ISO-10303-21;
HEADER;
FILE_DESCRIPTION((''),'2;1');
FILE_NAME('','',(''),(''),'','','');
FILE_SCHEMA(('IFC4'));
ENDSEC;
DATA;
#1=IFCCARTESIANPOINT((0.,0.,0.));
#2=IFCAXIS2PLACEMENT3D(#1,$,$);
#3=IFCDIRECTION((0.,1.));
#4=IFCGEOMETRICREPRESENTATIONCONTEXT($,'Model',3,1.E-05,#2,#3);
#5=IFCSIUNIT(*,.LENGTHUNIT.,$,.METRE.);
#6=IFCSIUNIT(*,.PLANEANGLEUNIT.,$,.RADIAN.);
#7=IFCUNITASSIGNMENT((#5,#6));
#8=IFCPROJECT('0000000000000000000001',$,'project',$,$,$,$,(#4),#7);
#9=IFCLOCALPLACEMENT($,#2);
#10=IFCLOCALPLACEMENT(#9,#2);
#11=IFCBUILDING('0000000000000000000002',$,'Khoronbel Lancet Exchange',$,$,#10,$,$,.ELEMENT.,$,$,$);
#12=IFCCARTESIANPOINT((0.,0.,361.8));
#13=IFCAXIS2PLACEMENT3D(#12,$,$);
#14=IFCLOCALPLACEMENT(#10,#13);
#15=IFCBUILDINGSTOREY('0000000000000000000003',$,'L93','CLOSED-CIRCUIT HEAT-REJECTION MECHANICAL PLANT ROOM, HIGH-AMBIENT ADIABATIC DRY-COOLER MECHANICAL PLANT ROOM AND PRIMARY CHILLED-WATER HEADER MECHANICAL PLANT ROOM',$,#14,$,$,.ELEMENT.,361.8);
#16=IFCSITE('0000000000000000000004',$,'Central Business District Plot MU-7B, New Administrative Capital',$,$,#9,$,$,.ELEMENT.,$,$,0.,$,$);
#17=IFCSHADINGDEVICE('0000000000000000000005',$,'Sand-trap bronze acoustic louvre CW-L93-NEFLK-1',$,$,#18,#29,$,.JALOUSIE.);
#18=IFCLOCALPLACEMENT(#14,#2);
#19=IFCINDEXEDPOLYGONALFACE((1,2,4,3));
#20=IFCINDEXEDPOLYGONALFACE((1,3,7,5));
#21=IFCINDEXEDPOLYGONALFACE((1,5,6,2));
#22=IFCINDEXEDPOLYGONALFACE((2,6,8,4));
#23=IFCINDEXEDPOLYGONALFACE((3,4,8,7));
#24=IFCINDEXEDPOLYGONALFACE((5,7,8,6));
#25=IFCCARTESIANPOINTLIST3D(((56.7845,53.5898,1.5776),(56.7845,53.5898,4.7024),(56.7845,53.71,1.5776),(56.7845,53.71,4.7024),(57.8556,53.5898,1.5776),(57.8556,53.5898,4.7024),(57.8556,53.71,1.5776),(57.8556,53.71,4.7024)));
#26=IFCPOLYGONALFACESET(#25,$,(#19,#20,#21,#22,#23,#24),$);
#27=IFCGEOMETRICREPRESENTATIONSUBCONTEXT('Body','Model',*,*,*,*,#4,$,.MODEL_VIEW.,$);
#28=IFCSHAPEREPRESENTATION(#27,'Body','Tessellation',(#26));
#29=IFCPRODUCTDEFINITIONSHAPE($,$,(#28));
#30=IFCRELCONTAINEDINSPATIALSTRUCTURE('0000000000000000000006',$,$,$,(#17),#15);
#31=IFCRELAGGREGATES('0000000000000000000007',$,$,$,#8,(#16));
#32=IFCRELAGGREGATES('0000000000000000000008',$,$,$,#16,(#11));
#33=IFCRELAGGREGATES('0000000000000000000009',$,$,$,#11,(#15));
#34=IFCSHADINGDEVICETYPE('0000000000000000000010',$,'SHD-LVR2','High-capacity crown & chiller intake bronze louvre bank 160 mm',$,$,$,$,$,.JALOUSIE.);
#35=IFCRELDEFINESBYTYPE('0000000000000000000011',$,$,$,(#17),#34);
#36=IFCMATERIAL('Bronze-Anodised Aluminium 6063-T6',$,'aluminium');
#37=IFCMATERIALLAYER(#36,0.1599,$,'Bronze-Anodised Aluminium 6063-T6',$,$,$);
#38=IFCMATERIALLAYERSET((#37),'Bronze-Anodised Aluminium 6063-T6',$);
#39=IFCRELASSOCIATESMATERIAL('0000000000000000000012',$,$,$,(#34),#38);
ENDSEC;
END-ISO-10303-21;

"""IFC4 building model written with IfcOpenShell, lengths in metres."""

from ifc_helpers import new_model, si_unit, direction, frame, origin, origin_2d, place, context, subcontext, project, spatial, rectangle, extrude, material, layer, layer_set, type_object, element, save


model = new_model("IFC4")

# Units and contexts
model_context = context("Model", 3, precision=1e-05, world=origin(), true_north=direction((0.0, 1.0)))
body_context = subcontext(model_context, "Body", "Model", "MODEL_VIEW")
ifc_project = project(units=[si_unit("LENGTHUNIT", "METRE"), si_unit("PLANEANGLEUNIT", "RADIAN")], contexts=[model_context])

# Site, building, storey
site_placement = place(None, origin())
site = spatial("IfcSite", under=ifc_project, at=site_placement, Name="Central Business District Plot MU-7B, New Administrative Capital", CompositionType="ELEMENT", RefElevation=0.0)
building_placement = place(site_placement, origin())
building = spatial("IfcBuilding", under=site, at=building_placement, Name="Khoronbel Lancet Exchange", CompositionType="ELEMENT")
storey_placement = place(building_placement, frame((0.0, 0.0, 361.8)))
storey = spatial("IfcBuildingStorey", under=building, at=storey_placement, Name="L93", Description="CLOSED-CIRCUIT HEAT-REJECTION MECHANICAL PLANT ROOM, HIGH-AMBIENT ADIABATIC DRY-COOLER MECHANICAL PLANT ROOM AND PRIMARY CHILLED-WATER HEADER MECHANICAL PLANT ROOM", CompositionType="ELEMENT", Elevation=361.8)

# Shared definitions
ifc_material_1 = material(Name="Bronze-Anodised Aluminium 6063-T6", Category="aluminium")

# Shading device
ifc_layer_1 = layer(ifc_material_1, 0.1599, Name="Bronze-Anodised Aluminium 6063-T6")
ifc_layer_set_1 = layer_set([ifc_layer_1], Name="Bronze-Anodised Aluminium 6063-T6")
shading_device_type = type_object("IfcShadingDeviceType", Name="SHD-LVR2", Description="High-capacity crown & chiller intake bronze louvre bank 160 mm", PredefinedType="JALOUSIE", material=ifc_layer_set_1)
shading_device_placement = place(storey_placement, frame((57.3201, 53.6499, 1.5776), z_axis=(0.0, 0.0, 1.0), x_axis=(-1.0, 0.0, 0.0)))
element("IfcShadingDevice", 1, at=shading_device_placement, inside=storey, type_object=shading_device_type, Name="Sand-trap bronze acoustic louvre CW-L93-NEFLK-1", PredefinedType="JALOUSIE", context=body_context, shape_type="SweptSolid", body=[
    extrude(rectangle(XDim=1.071, YDim=0.1201, at=origin_2d()), origin(), (0.0, 0.0, 1.0), 3.1248),
])

save(model, "model.ifc")
